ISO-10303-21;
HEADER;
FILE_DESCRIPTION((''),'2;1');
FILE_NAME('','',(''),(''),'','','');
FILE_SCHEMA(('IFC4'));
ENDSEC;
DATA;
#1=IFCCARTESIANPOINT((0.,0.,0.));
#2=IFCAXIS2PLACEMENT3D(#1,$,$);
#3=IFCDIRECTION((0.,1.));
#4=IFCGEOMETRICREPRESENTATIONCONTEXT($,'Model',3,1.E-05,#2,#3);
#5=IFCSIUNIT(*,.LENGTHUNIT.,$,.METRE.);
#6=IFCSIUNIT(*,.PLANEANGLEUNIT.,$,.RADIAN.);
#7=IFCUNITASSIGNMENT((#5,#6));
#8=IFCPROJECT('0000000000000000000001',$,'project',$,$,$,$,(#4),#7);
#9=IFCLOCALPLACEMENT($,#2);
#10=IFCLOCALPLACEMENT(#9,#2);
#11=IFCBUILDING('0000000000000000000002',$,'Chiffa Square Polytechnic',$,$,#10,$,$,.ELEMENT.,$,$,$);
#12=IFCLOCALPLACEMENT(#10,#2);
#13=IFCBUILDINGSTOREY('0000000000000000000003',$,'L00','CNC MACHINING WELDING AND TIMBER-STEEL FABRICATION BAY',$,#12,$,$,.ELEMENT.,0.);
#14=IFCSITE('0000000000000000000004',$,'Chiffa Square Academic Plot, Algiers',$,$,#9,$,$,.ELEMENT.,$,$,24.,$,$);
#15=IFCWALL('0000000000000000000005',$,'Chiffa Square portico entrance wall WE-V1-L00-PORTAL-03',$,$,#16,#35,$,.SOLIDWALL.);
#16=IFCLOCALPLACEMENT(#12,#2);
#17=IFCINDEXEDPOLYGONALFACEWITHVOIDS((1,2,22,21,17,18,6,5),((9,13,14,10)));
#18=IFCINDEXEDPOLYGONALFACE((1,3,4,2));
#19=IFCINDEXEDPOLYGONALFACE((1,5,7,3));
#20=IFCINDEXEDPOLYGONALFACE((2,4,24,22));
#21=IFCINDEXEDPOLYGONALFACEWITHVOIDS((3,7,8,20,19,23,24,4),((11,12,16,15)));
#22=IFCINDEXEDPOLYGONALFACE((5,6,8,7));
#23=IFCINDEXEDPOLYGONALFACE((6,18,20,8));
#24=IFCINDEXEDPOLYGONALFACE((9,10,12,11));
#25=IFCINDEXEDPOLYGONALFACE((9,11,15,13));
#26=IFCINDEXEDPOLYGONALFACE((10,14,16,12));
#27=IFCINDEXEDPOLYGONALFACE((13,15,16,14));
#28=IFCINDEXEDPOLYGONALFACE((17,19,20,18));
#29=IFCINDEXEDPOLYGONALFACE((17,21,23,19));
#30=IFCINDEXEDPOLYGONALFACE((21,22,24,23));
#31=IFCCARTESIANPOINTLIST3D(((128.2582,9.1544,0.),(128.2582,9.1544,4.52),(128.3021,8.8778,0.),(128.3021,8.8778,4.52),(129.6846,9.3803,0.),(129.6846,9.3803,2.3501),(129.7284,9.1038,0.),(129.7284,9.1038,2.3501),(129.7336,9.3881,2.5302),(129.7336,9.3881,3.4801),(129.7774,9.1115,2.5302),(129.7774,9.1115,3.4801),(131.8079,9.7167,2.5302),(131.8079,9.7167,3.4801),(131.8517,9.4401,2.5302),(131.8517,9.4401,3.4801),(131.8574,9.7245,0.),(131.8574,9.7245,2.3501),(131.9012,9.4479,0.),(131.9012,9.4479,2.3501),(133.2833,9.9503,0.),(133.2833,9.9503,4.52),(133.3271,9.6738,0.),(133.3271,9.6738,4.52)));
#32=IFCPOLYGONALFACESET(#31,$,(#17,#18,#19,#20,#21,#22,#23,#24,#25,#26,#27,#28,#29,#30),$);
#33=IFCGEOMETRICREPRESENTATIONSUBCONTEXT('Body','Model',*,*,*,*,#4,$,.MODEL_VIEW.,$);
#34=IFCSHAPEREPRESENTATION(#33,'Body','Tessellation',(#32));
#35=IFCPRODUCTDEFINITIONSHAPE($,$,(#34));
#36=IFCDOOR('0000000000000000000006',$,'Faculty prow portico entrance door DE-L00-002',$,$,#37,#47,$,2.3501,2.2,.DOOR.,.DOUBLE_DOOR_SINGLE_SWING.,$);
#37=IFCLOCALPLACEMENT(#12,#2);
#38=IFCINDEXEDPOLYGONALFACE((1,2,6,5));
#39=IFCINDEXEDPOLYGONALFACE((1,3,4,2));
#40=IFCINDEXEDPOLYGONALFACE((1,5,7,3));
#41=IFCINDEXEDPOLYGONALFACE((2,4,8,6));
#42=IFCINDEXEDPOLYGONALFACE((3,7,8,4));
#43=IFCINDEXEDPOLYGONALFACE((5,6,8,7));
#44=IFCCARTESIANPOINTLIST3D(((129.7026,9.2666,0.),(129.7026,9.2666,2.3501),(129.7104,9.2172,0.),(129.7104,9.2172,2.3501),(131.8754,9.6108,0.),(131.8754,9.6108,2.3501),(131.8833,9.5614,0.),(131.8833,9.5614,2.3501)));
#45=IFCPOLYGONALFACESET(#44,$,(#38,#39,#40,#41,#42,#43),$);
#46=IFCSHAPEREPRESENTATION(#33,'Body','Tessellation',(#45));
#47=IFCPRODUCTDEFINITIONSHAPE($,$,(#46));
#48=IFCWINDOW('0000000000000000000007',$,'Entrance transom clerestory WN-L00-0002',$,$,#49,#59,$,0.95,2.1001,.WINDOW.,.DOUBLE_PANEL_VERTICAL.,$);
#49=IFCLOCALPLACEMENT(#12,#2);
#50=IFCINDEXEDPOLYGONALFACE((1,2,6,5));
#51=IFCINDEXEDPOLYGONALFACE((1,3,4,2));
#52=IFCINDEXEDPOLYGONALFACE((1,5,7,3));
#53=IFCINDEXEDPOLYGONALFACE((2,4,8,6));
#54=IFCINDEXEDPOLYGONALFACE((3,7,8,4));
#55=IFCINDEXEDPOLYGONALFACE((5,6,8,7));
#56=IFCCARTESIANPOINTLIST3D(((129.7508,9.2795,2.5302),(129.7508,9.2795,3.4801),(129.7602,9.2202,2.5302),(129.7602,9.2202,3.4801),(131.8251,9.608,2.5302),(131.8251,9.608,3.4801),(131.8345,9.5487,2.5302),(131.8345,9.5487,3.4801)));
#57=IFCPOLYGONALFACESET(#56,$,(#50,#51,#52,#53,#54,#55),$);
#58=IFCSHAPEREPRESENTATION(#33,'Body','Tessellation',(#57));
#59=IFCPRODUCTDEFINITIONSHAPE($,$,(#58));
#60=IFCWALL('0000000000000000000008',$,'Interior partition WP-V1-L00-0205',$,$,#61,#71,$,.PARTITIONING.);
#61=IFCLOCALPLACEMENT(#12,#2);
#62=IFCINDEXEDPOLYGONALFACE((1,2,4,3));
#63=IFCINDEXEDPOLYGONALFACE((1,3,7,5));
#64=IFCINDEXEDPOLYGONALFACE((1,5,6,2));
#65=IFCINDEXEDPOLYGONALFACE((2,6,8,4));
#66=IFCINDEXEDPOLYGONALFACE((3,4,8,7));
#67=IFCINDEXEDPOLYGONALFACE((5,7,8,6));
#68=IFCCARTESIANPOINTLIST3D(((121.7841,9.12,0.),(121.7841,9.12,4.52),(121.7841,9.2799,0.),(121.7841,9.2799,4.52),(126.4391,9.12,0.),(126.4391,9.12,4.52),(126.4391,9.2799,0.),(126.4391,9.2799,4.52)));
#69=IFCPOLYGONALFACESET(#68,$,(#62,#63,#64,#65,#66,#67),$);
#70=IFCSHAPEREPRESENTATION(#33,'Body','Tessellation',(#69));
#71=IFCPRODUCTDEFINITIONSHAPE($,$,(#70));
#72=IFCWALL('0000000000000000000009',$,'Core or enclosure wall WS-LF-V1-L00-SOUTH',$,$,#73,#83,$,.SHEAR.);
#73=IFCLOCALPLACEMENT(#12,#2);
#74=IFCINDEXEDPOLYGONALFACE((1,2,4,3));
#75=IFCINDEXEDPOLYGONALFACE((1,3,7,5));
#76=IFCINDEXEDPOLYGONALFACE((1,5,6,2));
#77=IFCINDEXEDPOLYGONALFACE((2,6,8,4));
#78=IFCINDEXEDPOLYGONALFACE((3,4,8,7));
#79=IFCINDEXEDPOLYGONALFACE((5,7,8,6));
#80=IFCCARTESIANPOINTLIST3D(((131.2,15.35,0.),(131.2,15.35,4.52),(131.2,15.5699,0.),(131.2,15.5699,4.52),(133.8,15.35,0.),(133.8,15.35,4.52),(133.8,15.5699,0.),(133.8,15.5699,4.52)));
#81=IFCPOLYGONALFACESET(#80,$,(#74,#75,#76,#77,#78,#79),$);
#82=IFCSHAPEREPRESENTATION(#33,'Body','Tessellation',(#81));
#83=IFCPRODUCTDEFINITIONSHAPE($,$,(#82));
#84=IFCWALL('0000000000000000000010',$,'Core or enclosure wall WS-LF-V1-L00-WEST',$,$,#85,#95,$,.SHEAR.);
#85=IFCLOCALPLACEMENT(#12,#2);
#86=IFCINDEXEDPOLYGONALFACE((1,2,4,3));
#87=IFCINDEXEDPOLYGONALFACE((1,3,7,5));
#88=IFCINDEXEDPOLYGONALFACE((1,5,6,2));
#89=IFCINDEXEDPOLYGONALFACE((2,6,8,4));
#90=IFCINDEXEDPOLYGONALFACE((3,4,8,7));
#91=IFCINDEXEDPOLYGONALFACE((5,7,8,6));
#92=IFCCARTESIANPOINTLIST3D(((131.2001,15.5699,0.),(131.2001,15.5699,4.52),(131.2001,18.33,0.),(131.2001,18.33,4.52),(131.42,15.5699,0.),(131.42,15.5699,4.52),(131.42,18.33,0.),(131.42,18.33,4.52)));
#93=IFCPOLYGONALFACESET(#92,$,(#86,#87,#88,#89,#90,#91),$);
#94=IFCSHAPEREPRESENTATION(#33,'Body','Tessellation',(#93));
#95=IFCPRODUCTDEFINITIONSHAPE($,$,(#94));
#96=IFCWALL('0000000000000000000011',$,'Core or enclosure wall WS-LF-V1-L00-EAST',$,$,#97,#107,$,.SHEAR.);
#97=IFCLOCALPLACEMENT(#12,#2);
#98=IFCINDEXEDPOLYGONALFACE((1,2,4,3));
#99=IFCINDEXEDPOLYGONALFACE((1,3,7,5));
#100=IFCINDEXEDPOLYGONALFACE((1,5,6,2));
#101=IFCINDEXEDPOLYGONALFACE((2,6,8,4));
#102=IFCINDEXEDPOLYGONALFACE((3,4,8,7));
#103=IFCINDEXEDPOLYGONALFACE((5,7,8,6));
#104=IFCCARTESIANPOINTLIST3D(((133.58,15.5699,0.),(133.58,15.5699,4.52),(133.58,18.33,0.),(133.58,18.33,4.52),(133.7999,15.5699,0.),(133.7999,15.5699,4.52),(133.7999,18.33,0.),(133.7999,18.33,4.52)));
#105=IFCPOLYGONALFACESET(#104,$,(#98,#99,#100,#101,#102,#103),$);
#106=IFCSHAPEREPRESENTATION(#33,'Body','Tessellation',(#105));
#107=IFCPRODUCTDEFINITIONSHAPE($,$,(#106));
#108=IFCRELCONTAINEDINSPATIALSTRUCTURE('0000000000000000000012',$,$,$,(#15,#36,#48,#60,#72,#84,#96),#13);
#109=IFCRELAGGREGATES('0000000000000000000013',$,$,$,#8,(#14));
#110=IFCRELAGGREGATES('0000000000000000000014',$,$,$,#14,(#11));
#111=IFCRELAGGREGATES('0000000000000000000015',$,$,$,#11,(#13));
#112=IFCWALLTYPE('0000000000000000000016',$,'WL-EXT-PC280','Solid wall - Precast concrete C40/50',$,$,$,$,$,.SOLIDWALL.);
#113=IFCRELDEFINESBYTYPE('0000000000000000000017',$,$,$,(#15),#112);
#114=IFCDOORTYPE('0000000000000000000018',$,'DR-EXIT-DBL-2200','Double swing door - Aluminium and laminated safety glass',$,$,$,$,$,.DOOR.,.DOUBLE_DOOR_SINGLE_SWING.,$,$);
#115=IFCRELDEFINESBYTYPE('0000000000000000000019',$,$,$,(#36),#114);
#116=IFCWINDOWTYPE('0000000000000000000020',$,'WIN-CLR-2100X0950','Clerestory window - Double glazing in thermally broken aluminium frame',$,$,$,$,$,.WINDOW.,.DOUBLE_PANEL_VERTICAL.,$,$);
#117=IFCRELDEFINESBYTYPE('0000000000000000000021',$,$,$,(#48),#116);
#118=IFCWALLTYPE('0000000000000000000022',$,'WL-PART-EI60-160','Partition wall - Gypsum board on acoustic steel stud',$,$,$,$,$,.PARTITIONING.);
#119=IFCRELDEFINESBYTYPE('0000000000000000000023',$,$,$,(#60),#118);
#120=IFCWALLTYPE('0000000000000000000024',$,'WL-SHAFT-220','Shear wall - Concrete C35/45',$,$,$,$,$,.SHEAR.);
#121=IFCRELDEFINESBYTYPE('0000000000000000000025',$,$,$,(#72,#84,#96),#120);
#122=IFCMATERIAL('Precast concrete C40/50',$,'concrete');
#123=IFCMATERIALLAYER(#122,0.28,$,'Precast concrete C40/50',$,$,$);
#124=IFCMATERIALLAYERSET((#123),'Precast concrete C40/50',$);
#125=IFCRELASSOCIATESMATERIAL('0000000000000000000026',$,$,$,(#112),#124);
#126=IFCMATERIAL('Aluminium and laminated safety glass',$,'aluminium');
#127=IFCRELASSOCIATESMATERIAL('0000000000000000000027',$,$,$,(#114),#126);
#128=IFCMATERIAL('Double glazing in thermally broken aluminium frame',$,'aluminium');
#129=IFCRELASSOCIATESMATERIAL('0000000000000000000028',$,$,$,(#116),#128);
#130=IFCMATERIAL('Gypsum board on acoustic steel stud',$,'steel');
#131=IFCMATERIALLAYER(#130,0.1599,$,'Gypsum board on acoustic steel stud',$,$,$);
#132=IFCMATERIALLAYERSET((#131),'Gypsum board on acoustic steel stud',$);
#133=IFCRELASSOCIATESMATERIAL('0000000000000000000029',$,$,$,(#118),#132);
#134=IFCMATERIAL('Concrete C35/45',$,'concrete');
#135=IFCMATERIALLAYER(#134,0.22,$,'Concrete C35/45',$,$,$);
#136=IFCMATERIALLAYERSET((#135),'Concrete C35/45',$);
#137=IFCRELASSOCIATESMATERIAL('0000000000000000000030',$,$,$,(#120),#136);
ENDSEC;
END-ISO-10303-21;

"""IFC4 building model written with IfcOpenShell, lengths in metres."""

from ifc_helpers import new_model, si_unit, direction, frame, frame_2d, origin, place, context, subcontext, project, spatial, rectangle, extrude, material, layer, layer_set, type_object, element, fill, save


model = new_model("IFC4")

# Units and contexts
model_context = context("Model", 3, precision=1e-05, world=origin(), true_north=direction((0.0, 1.0)))
body_context = subcontext(model_context, "Body", "Model", "MODEL_VIEW")
ifc_project = project(units=[si_unit("LENGTHUNIT", "METRE"), si_unit("PLANEANGLEUNIT", "RADIAN")], contexts=[model_context])

# Site, building, storey
site_placement = place(None, origin())
site = spatial("IfcSite", under=ifc_project, at=site_placement, Name="Chiffa Square Academic Plot, Algiers", CompositionType="ELEMENT", RefElevation=24.0)
building_placement = place(site_placement, origin())
building = spatial("IfcBuilding", under=site, at=building_placement, Name="Chiffa Square Polytechnic", CompositionType="ELEMENT")
storey_placement = place(building_placement, origin())
storey = spatial("IfcBuildingStorey", under=building, at=storey_placement, Name="L00", Description="CNC MACHINING WELDING AND TIMBER-STEEL FABRICATION BAY", CompositionType="ELEMENT", Elevation=0.0)

# Wall, openings, door, window
ifc_material_1 = material(Name="Precast concrete C40/50", Category="concrete")
ifc_layer_1 = layer(ifc_material_1, 0.28, Name="Precast concrete C40/50")
ifc_layer_set_1 = layer_set([ifc_layer_1], Name="Precast concrete C40/50")
wall_type_1 = type_object("IfcWallType", Name="WL-EXT-PC280", Description="Solid wall - Precast concrete C40/50", PredefinedType="SOLIDWALL", material=ifc_layer_set_1)
wall_1_placement = place(storey_placement, frame((128.28, 9.0161, 0.0), z_axis=(0.0, 0.0, 1.0), x_axis=(0.987687, 0.156441, 0.0)))
wall_1 = element("IfcWall", 1, at=wall_1_placement, inside=storey, type_object=wall_type_1, Name="Chiffa Square portico entrance wall WE-V1-L00-PORTAL-03", PredefinedType="SOLIDWALL", context=body_context, shape_type="SweptSolid", body=[
    extrude(rectangle(XDim=5.0876, YDim=0.28, at=frame_2d((2.5439, 0.0))), origin(), (0.0, 0.0, 1.0), 4.52),
])
opening_1_placement = place(wall_1_placement, frame((1.4441, 0.0, 0.0)))
opening_1 = element("IfcOpeningElement", 2, at=opening_1_placement, cuts=wall_1, PredefinedType="OPENING", context=body_context, shape_type="SweptSolid", body=[
    extrude(rectangle(XDim=2.2, YDim=2.3501, at=frame_2d((1.1001, 1.175))), frame((0.0, 0.1499, 0.0), z_axis=(0.0, -1.0, 0.0), x_axis=(1.0, 0.0, 0.0)), (0.0, 0.0, 1.0), 0.3),
])
opening_2_placement = place(wall_1_placement, frame((1.4939, 0.0, 2.53)))
opening_2 = element("IfcOpeningElement", 3, at=opening_2_placement, cuts=wall_1, PredefinedType="OPENING", context=body_context, shape_type="SweptSolid", body=[
    extrude(rectangle(XDim=2.1001, YDim=0.95, at=frame_2d((1.05, 0.4751))), frame((0.0, 0.1499, 0.0), z_axis=(0.0, -1.0, 0.0), x_axis=(1.0, 0.0, 0.0)), (0.0, 0.0, 1.0), 0.3),
])
ifc_material_2 = material(Name="Aluminium and laminated safety glass", Category="aluminium")
door_type = type_object("IfcDoorType", Name="DR-EXIT-DBL-2200", Description="Double swing door - Aluminium and laminated safety glass", OperationType="DOUBLE_DOOR_SINGLE_SWING", PredefinedType="DOOR", material=ifc_material_2)
door_placement = place(opening_1_placement, origin())
door = element("IfcDoor", 4, at=door_placement, inside=storey, type_object=door_type, Name="Faculty prow portico entrance door DE-L00-002", OperationType="DOUBLE_DOOR_SINGLE_SWING", OverallHeight=2.3501, OverallWidth=2.2, PredefinedType="DOOR", context=body_context, shape_type="SweptSolid", body=[
    extrude(rectangle(XDim=2.2, YDim=2.3501, at=frame_2d((1.1001, 1.175))), frame((0.0, 0.0249, 0.0), z_axis=(0.0, -1.0, 0.0), x_axis=(1.0, 0.0, 0.0)), (0.0, 0.0, 1.0), 0.05),
])
fill(opening_1, door)
ifc_material_3 = material(Name="Double glazing in thermally broken aluminium frame", Category="aluminium")
window_type = type_object("IfcWindowType", Name="WIN-CLR-2100X0950", Description="Clerestory window - Double glazing in thermally broken aluminium frame", PartitioningType="DOUBLE_PANEL_VERTICAL", PredefinedType="WINDOW", material=ifc_material_3)
window_placement = place(opening_2_placement, origin())
window = element("IfcWindow", 5, at=window_placement, inside=storey, type_object=window_type, Name="Entrance transom clerestory WN-L00-0002", OverallHeight=0.95, OverallWidth=2.1001, PartitioningType="DOUBLE_PANEL_VERTICAL", PredefinedType="WINDOW", context=body_context, shape_type="SweptSolid", body=[
    extrude(rectangle(XDim=2.1001, YDim=0.95, at=frame_2d((1.05, 0.4751))), frame((0.0, 0.03, 0.0), z_axis=(0.0, -1.0, 0.0), x_axis=(1.0, 0.0, 0.0)), (0.0, 0.0, 1.0), 0.0601),
])
fill(opening_2, window)

# Walls
ifc_material_4 = material(Name="Gypsum board on acoustic steel stud", Category="steel")
ifc_layer_2 = layer(ifc_material_4, 0.1599, Name="Gypsum board on acoustic steel stud")
ifc_layer_set_2 = layer_set([ifc_layer_2], Name="Gypsum board on acoustic steel stud")
wall_type_2 = type_object("IfcWallType", Name="WL-PART-EI60-160", Description="Partition wall - Gypsum board on acoustic steel stud", PredefinedType="PARTITIONING", material=ifc_layer_set_2)
wall_2_placement = place(storey_placement, frame((121.7839, 9.2, 0.0), z_axis=(0.0, 0.0, 1.0), x_axis=(1.0, 0.0, 0.0)))
element("IfcWall", 6, at=wall_2_placement, inside=storey, type_object=wall_type_2, Name="Interior partition WP-V1-L00-0205", PredefinedType="PARTITIONING", context=body_context, shape_type="SweptSolid", body=[
    extrude(rectangle(XDim=4.655, YDim=0.1599, at=frame_2d((2.3276, 0.0))), origin(), (0.0, 0.0, 1.0), 4.52),
])
ifc_material_5 = material(Name="Concrete C35/45", Category="concrete")
ifc_layer_3 = layer(ifc_material_5, 0.22, Name="Concrete C35/45")
ifc_layer_set_3 = layer_set([ifc_layer_3], Name="Concrete C35/45")
wall_type_3 = type_object("IfcWallType", Name="WL-SHAFT-220", Description="Shear wall - Concrete C35/45", PredefinedType="SHEAR", material=ifc_layer_set_3)
wall_3_placement = place(storey_placement, frame((131.2, 15.46, 0.0), z_axis=(0.0, 0.0, 1.0), x_axis=(1.0, 0.0, 0.0)))
element("IfcWall", 7, at=wall_3_placement, inside=storey, type_object=wall_type_3, Name="Core or enclosure wall WS-LF-V1-L00-SOUTH", PredefinedType="SHEAR", context=body_context, shape_type="SweptSolid", body=[
    extrude(rectangle(XDim=2.6001, YDim=0.22, at=frame_2d((1.3, 0.0))), origin(), (0.0, 0.0, 1.0), 4.52),
])
for number, where, z_axis, x_axis, name in (
    (8, (131.3101, 15.5701, 0.0), (0.0, 0.0, 1.0), (0.0, 1.0, 0.0), "Core or enclosure wall WS-LF-V1-L00-WEST"),
    (9, (133.6899, 15.5701, 0.0), (0.0, 0.0, 1.0), (0.0, 1.0, 0.0), "Core or enclosure wall WS-LF-V1-L00-EAST"),
):
    element("IfcWall", number, at=place(storey_placement, frame(where, z_axis=z_axis, x_axis=x_axis)), inside=storey, type_object=wall_type_3, Name=name, PredefinedType="SHEAR", context=body_context, shape_type="SweptSolid", body=[
        extrude(rectangle(XDim=2.76, YDim=0.22, at=frame_2d((1.3799, 0.0))), origin(), (0.0, 0.0, 1.0), 4.52),
    ])

save(model, "model.ifc")
